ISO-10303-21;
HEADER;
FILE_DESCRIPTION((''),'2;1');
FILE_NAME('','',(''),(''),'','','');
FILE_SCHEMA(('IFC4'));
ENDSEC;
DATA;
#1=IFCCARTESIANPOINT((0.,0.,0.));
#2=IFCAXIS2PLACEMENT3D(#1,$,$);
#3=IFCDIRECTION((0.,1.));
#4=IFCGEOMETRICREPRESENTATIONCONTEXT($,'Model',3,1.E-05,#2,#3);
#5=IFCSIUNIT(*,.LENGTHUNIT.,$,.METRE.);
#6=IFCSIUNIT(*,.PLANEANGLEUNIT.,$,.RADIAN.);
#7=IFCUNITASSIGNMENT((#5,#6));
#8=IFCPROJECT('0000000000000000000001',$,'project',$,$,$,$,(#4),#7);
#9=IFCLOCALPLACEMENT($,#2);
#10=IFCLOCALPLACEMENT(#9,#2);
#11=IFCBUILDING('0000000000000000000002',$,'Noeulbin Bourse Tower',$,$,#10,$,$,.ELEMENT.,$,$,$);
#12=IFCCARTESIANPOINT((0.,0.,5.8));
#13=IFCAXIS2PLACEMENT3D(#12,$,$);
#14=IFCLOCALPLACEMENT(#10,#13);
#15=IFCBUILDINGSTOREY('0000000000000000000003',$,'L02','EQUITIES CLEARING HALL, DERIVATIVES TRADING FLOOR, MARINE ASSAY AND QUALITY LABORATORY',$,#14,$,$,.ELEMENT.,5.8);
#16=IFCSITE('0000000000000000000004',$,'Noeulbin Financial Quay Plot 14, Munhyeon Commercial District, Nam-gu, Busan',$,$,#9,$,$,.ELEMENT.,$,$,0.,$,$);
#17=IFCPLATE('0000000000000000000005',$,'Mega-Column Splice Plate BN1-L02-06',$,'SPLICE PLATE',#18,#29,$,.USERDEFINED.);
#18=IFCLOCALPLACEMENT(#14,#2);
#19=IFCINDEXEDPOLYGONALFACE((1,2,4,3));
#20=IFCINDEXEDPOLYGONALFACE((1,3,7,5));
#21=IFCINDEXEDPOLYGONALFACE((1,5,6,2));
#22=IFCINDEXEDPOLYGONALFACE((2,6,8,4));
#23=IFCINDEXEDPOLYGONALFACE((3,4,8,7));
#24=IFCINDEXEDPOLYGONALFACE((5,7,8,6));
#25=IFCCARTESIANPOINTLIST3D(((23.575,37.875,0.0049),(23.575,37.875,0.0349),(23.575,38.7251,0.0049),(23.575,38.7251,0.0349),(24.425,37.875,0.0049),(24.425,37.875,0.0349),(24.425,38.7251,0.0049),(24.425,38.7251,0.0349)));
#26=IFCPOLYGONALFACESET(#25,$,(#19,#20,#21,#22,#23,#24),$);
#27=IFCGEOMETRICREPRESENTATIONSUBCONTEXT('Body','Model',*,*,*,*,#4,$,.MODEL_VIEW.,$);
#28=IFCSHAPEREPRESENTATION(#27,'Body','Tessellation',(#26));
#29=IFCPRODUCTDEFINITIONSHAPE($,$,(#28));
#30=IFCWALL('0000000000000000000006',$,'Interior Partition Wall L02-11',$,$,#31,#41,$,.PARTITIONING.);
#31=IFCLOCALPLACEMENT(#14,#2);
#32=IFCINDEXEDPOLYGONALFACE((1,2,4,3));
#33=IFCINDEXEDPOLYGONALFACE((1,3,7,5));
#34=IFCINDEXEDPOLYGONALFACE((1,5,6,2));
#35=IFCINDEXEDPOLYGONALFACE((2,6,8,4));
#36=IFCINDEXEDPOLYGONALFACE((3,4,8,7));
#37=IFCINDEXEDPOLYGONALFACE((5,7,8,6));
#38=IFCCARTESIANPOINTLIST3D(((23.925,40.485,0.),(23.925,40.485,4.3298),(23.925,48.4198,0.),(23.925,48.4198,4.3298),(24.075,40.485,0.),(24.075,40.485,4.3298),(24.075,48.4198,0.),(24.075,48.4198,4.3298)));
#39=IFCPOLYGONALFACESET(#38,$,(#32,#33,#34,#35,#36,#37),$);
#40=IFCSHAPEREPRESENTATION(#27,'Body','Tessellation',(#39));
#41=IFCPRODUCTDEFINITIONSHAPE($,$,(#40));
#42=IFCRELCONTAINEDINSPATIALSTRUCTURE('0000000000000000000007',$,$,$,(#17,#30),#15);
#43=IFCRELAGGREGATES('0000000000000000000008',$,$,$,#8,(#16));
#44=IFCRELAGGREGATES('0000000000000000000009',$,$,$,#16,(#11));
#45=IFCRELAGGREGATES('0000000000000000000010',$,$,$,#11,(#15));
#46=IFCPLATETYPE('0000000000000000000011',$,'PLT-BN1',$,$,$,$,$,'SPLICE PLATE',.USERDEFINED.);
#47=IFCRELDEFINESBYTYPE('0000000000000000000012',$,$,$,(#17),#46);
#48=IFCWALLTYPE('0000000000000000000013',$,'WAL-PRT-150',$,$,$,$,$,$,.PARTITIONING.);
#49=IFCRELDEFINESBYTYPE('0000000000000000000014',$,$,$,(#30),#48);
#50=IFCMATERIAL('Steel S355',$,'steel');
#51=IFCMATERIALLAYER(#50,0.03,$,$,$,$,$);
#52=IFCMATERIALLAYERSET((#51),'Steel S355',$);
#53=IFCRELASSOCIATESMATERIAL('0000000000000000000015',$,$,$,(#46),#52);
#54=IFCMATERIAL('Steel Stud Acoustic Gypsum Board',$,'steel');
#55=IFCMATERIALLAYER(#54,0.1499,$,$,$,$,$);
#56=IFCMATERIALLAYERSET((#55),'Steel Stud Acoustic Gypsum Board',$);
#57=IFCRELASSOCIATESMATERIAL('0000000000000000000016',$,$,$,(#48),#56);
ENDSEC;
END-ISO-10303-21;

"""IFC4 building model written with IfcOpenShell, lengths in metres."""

from ifc_helpers import new_model, si_unit, direction, frame, frame_2d, origin, origin_2d, place, context, subcontext, project, spatial, rectangle, extrude, material, layer, layer_set, type_object, element, save


model = new_model("IFC4")

# Units and contexts
model_context = context("Model", 3, precision=1e-05, world=origin(), true_north=direction((0.0, 1.0)))
body_context = subcontext(model_context, "Body", "Model", "MODEL_VIEW")
ifc_project = project(units=[si_unit("LENGTHUNIT", "METRE"), si_unit("PLANEANGLEUNIT", "RADIAN")], contexts=[model_context])

# Site, building, storey
site_placement = place(None, origin())
site = spatial("IfcSite", under=ifc_project, at=site_placement, Name="Noeulbin Financial Quay Plot 14, Munhyeon Commercial District, Nam-gu, Busan", CompositionType="ELEMENT", RefElevation=0.0)
building_placement = place(site_placement, origin())
building = spatial("IfcBuilding", under=site, at=building_placement, Name="Noeulbin Bourse Tower", CompositionType="ELEMENT")
storey_placement = place(building_placement, frame((0.0, 0.0, 5.8)))
storey = spatial("IfcBuildingStorey", under=building, at=storey_placement, Name="L02", Description="EQUITIES CLEARING HALL, DERIVATIVES TRADING FLOOR, MARINE ASSAY AND QUALITY LABORATORY", CompositionType="ELEMENT", Elevation=5.8)

# Shared definitions
ifc_material_1 = material(Name="Steel S355", Category="steel")

# Plate
ifc_layer_1 = layer(ifc_material_1, 0.03)
ifc_layer_set_1 = layer_set([ifc_layer_1], Name="Steel S355")
plate_type = type_object("IfcPlateType", Name="PLT-BN1", ElementType="SPLICE PLATE", PredefinedType="USERDEFINED", material=ifc_layer_set_1)
plate_placement = place(storey_placement, frame((24.0, 38.3, 0.0049), z_axis=(0.0, 0.0, 1.0), x_axis=(1.0, 0.0, 0.0)))
element("IfcPlate", 1, at=plate_placement, inside=storey, type_object=plate_type, Name="Mega-Column Splice Plate BN1-L02-06", ObjectType="SPLICE PLATE", PredefinedType="USERDEFINED", context=body_context, shape_type="SweptSolid", body=[
    extrude(rectangle(XDim=0.8501, YDim=0.8501, at=origin_2d()), origin(), (0.0, 0.0, 1.0), 0.03),
])

# Wall
ifc_material_2 = material(Name="Steel Stud Acoustic Gypsum Board", Category="steel")
ifc_layer_2 = layer(ifc_material_2, 0.1499)
ifc_layer_set_2 = layer_set([ifc_layer_2], Name="Steel Stud Acoustic Gypsum Board")
wall_type = type_object("IfcWallType", Name="WAL-PRT-150", PredefinedType="PARTITIONING", material=ifc_layer_set_2)
wall_placement = place(storey_placement, frame((24.0, 40.4851, 0.0), z_axis=(0.0, 0.0, 1.0), x_axis=(0.0, 1.0, 0.0)))
element("IfcWall", 2, at=wall_placement, inside=storey, type_object=wall_type, Name="Interior Partition Wall L02-11", PredefinedType="PARTITIONING", context=body_context, shape_type="SweptSolid", body=[
    extrude(rectangle(XDim=7.9348, YDim=0.1499, at=frame_2d((3.9673, 0.0))), origin(), (0.0, 0.0, 1.0), 4.3298),
])

save(model, "model.ifc")
